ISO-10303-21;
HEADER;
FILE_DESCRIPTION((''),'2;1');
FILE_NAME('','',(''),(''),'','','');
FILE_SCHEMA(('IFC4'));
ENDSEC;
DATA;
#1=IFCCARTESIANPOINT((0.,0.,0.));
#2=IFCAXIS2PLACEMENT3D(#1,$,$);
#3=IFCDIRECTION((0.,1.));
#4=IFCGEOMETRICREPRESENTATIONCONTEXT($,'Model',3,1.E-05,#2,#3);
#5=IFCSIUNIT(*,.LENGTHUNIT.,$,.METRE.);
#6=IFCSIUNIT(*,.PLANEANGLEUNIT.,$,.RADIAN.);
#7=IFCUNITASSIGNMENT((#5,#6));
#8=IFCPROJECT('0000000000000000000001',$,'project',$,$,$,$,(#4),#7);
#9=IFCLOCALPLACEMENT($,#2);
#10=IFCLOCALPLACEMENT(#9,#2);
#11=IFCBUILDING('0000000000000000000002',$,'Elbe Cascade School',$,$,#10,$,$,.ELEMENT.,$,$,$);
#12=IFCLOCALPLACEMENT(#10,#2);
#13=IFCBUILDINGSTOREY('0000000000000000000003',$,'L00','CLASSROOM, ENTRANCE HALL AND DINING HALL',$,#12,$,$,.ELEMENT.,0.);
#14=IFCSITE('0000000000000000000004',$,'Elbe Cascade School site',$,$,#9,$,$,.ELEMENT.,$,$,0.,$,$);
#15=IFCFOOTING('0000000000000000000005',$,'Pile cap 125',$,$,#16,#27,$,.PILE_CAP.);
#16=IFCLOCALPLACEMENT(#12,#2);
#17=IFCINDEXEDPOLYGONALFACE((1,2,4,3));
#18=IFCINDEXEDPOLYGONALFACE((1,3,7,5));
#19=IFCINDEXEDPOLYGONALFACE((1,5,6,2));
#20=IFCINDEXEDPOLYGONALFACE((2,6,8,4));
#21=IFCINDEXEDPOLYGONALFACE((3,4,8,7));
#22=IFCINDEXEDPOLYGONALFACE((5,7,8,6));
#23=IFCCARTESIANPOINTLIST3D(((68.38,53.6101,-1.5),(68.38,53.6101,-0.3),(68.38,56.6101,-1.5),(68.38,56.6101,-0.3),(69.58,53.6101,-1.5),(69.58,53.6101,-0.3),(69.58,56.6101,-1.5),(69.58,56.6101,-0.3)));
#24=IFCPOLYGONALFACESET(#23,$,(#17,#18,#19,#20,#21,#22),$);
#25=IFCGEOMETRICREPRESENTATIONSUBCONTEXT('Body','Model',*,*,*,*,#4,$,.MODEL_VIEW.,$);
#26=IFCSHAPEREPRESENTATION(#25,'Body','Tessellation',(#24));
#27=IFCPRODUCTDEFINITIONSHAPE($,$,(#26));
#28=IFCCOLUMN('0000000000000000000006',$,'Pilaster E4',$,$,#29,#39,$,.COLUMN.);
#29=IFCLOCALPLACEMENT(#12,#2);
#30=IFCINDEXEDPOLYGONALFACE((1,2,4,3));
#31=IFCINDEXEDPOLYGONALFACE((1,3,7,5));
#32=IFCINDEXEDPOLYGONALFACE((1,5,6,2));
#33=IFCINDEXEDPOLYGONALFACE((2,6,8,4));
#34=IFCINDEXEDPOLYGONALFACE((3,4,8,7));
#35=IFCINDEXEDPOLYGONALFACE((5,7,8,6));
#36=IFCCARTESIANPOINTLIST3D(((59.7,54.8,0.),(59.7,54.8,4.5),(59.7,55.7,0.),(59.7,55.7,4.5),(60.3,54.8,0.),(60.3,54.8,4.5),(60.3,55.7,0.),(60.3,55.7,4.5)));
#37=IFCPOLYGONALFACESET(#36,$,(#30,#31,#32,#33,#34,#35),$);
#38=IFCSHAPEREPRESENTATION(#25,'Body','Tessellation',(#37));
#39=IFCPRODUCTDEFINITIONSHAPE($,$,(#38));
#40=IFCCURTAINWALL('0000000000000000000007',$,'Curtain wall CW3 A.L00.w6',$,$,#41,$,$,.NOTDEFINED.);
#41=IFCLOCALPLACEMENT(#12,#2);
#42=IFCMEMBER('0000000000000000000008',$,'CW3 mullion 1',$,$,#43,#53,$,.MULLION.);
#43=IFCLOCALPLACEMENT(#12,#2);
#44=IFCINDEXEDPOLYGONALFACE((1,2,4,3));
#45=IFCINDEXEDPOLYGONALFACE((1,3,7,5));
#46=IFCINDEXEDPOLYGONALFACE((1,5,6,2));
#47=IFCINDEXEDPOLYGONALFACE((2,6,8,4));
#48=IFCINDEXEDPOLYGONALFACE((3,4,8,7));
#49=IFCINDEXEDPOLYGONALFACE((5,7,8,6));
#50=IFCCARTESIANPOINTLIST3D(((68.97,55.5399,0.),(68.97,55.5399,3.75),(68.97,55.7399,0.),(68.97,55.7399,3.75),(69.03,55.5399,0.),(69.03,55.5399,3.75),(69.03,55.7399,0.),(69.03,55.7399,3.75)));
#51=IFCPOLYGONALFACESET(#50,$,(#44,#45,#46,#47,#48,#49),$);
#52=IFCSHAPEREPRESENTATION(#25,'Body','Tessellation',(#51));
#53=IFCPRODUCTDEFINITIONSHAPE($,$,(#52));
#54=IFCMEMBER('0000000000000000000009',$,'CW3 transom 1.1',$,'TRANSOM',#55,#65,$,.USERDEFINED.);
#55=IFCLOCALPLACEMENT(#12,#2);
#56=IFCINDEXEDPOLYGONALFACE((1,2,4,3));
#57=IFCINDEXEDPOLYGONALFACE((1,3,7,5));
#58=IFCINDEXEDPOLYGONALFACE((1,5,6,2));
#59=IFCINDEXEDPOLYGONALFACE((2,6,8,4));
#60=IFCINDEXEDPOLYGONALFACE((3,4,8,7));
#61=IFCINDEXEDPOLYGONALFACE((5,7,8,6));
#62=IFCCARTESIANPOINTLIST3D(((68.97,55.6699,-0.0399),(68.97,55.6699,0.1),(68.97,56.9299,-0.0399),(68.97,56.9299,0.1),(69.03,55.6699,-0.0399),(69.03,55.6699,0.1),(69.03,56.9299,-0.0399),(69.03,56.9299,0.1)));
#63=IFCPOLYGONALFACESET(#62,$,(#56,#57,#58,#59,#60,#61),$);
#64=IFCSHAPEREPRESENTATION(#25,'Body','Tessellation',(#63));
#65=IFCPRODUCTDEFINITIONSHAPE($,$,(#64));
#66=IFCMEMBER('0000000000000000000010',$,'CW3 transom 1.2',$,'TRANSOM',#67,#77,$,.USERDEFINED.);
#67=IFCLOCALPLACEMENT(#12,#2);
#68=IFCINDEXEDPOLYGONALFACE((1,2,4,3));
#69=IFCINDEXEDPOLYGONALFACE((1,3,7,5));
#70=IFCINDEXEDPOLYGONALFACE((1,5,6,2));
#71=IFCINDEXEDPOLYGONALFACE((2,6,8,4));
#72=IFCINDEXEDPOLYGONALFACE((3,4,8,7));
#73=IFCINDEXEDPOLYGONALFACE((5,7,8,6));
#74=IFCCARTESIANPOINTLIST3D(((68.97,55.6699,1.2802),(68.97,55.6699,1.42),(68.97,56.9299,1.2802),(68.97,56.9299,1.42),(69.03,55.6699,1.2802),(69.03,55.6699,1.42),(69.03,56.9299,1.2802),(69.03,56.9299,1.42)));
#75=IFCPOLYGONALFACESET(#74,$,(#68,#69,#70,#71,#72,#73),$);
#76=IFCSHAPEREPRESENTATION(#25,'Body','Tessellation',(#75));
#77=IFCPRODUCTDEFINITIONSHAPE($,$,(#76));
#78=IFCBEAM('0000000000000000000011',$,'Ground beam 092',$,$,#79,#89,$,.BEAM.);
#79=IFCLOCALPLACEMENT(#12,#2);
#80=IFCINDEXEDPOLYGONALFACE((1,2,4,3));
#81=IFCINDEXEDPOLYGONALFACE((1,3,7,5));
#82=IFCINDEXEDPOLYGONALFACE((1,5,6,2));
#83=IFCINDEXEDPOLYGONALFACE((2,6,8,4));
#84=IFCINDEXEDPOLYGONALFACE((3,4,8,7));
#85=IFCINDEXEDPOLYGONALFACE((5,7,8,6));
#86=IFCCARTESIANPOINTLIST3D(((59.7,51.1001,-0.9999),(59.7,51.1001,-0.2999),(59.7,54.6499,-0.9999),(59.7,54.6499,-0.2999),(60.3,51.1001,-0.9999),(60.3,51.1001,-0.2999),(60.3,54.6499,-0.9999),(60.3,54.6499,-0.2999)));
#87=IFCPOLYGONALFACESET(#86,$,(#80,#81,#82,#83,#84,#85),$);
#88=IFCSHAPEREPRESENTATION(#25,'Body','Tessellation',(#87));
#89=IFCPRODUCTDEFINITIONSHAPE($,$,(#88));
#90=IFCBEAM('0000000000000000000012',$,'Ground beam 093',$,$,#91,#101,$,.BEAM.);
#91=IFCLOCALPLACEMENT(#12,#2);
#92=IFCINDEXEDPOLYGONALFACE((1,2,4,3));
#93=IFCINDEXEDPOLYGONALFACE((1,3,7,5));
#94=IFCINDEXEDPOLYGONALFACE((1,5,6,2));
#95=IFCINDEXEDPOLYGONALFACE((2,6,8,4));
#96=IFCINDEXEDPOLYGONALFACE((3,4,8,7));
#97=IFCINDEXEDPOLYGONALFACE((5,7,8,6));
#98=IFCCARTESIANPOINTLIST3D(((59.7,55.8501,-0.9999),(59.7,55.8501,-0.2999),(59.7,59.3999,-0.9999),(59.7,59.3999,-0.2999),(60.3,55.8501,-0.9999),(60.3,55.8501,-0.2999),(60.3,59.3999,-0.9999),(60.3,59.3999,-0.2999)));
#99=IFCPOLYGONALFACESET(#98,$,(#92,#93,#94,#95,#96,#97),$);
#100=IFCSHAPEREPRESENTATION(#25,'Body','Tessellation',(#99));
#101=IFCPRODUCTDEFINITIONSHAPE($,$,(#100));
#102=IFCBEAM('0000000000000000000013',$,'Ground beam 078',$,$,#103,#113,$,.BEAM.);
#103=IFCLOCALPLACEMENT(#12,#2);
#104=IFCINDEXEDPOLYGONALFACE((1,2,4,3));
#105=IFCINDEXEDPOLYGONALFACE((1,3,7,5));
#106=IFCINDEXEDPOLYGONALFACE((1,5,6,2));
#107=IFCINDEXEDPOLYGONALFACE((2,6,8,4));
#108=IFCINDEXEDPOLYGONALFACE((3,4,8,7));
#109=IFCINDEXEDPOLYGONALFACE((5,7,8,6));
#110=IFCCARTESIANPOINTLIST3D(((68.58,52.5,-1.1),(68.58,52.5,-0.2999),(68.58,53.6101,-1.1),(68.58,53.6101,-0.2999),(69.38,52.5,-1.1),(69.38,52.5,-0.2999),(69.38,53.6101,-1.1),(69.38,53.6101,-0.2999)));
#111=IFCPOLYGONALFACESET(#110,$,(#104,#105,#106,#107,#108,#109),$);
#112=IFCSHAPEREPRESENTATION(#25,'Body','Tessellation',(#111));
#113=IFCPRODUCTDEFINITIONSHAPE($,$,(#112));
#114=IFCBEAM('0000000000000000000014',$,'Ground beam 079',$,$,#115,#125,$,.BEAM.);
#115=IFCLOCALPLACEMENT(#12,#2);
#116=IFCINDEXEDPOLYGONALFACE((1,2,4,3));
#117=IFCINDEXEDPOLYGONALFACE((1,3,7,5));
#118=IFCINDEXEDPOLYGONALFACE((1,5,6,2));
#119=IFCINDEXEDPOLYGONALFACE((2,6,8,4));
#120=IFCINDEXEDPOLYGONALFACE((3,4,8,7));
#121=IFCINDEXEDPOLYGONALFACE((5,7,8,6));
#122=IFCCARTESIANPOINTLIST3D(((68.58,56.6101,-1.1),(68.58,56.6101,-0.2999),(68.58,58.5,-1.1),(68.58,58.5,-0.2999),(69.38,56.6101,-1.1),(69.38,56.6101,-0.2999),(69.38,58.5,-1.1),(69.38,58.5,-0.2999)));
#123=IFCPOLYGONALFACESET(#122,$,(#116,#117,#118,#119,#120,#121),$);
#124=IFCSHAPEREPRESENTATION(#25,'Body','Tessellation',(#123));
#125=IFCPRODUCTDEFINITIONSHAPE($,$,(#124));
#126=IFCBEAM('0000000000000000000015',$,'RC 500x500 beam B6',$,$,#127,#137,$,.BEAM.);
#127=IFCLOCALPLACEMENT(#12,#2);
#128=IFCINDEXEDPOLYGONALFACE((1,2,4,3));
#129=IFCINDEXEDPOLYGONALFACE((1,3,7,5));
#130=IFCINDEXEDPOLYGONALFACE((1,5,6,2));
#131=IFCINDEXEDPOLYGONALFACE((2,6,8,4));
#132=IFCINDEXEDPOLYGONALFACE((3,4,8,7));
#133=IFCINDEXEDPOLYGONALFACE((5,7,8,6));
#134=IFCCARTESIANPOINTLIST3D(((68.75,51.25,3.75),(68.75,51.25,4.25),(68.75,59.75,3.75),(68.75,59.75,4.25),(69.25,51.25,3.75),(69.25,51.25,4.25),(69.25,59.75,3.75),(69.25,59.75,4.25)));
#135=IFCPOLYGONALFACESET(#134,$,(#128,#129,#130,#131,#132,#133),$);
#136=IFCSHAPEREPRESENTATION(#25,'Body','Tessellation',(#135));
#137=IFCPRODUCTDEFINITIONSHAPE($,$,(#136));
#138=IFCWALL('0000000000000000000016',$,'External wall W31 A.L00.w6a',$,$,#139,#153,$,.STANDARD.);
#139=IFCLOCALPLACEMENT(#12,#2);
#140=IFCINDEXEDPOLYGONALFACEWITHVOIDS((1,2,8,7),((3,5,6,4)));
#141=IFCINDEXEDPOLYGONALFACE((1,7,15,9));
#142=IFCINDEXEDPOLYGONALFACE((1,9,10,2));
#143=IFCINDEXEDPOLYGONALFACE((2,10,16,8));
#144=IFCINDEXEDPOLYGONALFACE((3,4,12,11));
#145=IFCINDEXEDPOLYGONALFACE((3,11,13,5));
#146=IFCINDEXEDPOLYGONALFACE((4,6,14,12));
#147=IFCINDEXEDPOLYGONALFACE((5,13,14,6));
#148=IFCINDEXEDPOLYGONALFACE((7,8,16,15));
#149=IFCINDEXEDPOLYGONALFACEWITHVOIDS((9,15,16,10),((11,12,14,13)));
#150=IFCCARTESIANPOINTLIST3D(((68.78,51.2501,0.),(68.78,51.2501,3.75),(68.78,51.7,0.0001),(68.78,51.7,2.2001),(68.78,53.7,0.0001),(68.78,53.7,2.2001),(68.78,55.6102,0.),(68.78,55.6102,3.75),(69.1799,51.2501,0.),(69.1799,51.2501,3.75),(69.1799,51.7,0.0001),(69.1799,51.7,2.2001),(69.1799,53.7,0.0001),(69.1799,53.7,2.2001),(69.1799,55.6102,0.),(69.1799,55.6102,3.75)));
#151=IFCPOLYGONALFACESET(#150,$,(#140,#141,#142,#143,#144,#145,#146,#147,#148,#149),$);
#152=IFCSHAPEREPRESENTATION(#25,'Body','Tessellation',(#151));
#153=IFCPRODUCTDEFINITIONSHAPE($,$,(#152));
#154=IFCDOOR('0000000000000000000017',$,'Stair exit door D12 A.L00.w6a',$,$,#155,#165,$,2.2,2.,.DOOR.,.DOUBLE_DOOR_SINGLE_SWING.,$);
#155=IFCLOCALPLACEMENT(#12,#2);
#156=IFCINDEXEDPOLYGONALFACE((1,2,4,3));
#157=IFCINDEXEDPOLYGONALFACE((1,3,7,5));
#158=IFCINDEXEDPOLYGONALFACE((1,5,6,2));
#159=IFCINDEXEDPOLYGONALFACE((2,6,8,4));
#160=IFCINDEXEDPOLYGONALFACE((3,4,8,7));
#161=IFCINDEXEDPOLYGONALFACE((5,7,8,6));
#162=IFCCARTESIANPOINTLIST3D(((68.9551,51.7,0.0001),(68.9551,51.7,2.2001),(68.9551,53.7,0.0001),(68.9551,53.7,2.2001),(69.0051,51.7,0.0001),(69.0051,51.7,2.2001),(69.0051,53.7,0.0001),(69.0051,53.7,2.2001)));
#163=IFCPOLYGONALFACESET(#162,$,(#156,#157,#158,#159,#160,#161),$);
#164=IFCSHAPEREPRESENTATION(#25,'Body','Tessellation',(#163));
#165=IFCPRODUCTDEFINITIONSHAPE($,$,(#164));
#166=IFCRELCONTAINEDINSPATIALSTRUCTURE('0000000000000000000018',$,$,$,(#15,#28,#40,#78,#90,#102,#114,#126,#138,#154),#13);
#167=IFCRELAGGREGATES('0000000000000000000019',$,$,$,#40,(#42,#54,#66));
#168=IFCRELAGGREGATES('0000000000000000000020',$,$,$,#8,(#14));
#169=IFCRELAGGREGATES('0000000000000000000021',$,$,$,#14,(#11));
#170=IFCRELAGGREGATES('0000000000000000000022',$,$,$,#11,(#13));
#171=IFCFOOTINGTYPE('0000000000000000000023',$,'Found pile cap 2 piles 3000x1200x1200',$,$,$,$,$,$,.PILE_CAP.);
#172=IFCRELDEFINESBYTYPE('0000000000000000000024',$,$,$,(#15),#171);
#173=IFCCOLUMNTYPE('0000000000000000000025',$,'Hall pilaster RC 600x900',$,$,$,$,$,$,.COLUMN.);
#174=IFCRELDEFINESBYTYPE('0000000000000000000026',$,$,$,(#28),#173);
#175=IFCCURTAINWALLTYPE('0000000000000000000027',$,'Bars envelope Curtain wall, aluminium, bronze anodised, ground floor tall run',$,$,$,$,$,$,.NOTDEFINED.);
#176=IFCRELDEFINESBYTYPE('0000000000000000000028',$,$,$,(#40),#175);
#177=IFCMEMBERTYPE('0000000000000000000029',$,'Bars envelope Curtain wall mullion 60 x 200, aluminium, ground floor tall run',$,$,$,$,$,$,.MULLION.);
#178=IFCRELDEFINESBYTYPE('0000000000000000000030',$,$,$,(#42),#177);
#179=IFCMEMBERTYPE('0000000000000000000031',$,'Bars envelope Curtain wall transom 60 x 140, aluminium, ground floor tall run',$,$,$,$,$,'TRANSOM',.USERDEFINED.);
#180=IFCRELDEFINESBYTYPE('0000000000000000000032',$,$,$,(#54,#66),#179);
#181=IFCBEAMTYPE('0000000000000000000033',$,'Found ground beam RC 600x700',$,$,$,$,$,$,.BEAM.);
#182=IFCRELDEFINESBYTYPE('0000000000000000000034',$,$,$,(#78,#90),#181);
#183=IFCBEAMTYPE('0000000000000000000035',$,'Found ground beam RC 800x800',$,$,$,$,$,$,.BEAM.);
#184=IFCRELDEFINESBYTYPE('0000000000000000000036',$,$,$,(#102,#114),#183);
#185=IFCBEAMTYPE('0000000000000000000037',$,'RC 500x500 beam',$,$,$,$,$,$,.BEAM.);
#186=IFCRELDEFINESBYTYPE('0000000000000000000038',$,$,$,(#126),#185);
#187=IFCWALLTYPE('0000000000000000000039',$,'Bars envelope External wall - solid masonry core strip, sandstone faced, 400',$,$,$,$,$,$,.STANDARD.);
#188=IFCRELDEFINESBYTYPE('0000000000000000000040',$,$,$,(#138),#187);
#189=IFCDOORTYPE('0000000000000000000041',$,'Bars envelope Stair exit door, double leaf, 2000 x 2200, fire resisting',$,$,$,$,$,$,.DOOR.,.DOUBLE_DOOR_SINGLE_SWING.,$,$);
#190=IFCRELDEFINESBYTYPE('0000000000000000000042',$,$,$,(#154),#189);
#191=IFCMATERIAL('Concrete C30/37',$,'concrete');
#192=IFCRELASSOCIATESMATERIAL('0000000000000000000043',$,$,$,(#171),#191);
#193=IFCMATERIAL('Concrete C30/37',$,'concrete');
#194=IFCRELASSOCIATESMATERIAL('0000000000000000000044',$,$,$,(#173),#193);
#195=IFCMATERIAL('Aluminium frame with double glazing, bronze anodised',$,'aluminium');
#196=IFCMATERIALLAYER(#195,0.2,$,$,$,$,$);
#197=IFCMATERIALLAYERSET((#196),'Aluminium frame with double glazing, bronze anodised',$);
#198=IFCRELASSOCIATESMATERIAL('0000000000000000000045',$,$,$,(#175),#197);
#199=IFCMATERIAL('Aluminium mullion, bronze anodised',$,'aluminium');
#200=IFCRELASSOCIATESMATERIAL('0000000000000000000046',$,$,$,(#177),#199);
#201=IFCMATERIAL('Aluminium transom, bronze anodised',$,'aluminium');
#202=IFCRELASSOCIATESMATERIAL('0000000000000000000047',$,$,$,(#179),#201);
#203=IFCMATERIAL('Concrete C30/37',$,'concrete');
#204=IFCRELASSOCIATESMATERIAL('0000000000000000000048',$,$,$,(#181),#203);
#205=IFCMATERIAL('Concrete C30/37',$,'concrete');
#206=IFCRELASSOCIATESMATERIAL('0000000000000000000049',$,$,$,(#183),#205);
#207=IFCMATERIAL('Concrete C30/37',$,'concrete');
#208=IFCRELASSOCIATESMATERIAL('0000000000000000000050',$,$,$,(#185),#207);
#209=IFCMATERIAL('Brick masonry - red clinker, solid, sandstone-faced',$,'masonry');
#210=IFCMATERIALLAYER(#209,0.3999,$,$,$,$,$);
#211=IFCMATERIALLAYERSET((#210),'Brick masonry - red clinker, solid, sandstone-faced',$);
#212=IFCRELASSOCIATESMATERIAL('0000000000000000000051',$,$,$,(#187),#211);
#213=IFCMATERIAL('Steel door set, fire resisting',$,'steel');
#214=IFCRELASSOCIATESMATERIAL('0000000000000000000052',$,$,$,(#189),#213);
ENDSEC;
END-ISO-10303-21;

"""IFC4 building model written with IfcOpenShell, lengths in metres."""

from ifc_helpers import new_model, si_unit, direction, frame, frame_2d, origin, origin_2d, place, context, subcontext, project, spatial, rectangle, extrude, material, layer, layer_set, material_profile, profile_set, type_object, element, fill, aggregate, save


model = new_model("IFC4")

# Units and contexts
model_context = context("Model", 3, precision=1e-05, world=origin(), true_north=direction((0.0, 1.0)))
body_context = subcontext(model_context, "Body", "Model", "MODEL_VIEW")
ifc_project = project(units=[si_unit("LENGTHUNIT", "METRE"), si_unit("PLANEANGLEUNIT", "RADIAN")], contexts=[model_context])

# Site, building, storey
site_placement = place(None, origin())
site = spatial("IfcSite", under=ifc_project, at=site_placement, Name="Elbe Cascade School site", CompositionType="ELEMENT", RefElevation=0.0)
building_placement = place(site_placement, origin())
building = spatial("IfcBuilding", under=site, at=building_placement, Name="Elbe Cascade School", CompositionType="ELEMENT")
storey_placement = place(building_placement, origin())
storey = spatial("IfcBuildingStorey", under=building, at=storey_placement, Name="L00", Description="CLASSROOM, ENTRANCE HALL AND DINING HALL", CompositionType="ELEMENT", Elevation=0.0)

# Footing
ifc_material_1 = material(Name="Concrete C30/37", Category="concrete")
footing_type = type_object("IfcFootingType", Name="Found pile cap 2 piles 3000x1200x1200", PredefinedType="PILE_CAP", material=ifc_material_1)
footing_1_placement = place(storey_placement, frame((68.98, 55.1101, -1.5), z_axis=(0.0, 0.0, 1.0), x_axis=(1.0, 0.0, 0.0)))
element("IfcFooting", 1, at=footing_1_placement, inside=storey, type_object=footing_type, Name="Pile cap 125", PredefinedType="PILE_CAP", context=body_context, shape_type="SweptSolid", body=[
    extrude(rectangle(XDim=1.2, YDim=3.0, at=origin_2d()), origin(), (0.0, 0.0, 1.0), 1.2),
])

# Column
ifc_material_2 = material(Name="Concrete C30/37", Category="concrete")
ifc_material_profile_1 = material_profile(ifc_material_2, rectangle(XDim=0.6001, YDim=0.8999, at=origin_2d()), Name="RC 600x900")
ifc_profile_set_1 = profile_set([ifc_material_profile_1], Name="Concrete C30/37")
column_type = type_object("IfcColumnType", Name="Hall pilaster RC 600x900", PredefinedType="COLUMN", material=ifc_profile_set_1)
column_placement = place(storey_placement, frame((60.0, 55.25, 0.0), z_axis=(0.0, 0.0, 1.0), x_axis=(1.0, 0.0, 0.0)))
element("IfcColumn", 2, at=column_placement, inside=storey, type_object=column_type, Name="Pilaster E4", PredefinedType="COLUMN", context=body_context, shape_type="SweptSolid", body=[
    extrude(rectangle(XDim=0.6001, YDim=0.8999, at=origin_2d()), origin(), (0.0, 0.0, 1.0), 4.5),
])

# Curtain wall, members
ifc_material_3 = material(Name="Aluminium frame with double glazing, bronze anodised", Category="aluminium")
ifc_layer_1 = layer(ifc_material_3, 0.2)
ifc_layer_set_1 = layer_set([ifc_layer_1], Name="Aluminium frame with double glazing, bronze anodised")
curtain_wall_type = type_object("IfcCurtainWallType", Name="Bars envelope Curtain wall, aluminium, bronze anodised, ground floor tall run", PredefinedType="NOTDEFINED", material=ifc_layer_set_1)
curtain_wall_placement = place(storey_placement, origin())
curtain_wall = element("IfcCurtainWall", 3, at=curtain_wall_placement, inside=storey, type_object=curtain_wall_type, Name="Curtain wall CW3 A.L00.w6", PredefinedType="NOTDEFINED")
ifc_material_4 = material(Name="Aluminium mullion, bronze anodised", Category="aluminium")
ifc_material_profile_2 = material_profile(ifc_material_4, rectangle(XDim=0.0601, YDim=0.2, at=origin_2d()), Name="Bars envelope Curtain wall mullion 60 x 200, aluminium, ground floor tall run")
ifc_profile_set_2 = profile_set([ifc_material_profile_2], Name="Aluminium mullion, bronze anodised")
member_type_1 = type_object("IfcMemberType", Name="Bars envelope Curtain wall mullion 60 x 200, aluminium, ground floor tall run", PredefinedType="MULLION", material=ifc_profile_set_2)
member_1_placement = place(storey_placement, frame((69.0, 55.6399, 0.0), z_axis=(0.0, 0.0, 1.0), x_axis=(-1.0, 0.0, 0.0)))
member_1 = element("IfcMember", 4, at=member_1_placement, type_object=member_type_1, Name="CW3 mullion 1", PredefinedType="MULLION", context=body_context, shape_type="SweptSolid", body=[
    extrude(rectangle(XDim=0.0601, YDim=0.2, at=origin_2d()), origin(), (0.0, 0.0, 1.0), 3.75),
])
ifc_material_5 = material(Name="Aluminium transom, bronze anodised", Category="aluminium")
ifc_material_profile_3 = material_profile(ifc_material_5, rectangle(XDim=0.0601, YDim=0.1399, at=origin_2d()), Name="Bars envelope Curtain wall transom 60 x 140, aluminium, ground floor tall run")
ifc_profile_set_3 = profile_set([ifc_material_profile_3], Name="Aluminium transom, bronze anodised")
member_type_2 = type_object("IfcMemberType", Name="Bars envelope Curtain wall transom 60 x 140, aluminium, ground floor tall run", ElementType="TRANSOM", PredefinedType="USERDEFINED", material=ifc_profile_set_3)
member_2_placement = place(storey_placement, frame((69.0, 55.6699, 0.03), z_axis=(0.0, 1.0, 0.0), x_axis=(-1.0, 0.0, 0.0)))
member_2 = element("IfcMember", 5, at=member_2_placement, type_object=member_type_2, Name="CW3 transom 1.1", ObjectType="TRANSOM", PredefinedType="USERDEFINED", context=body_context, shape_type="SweptSolid", body=[
    extrude(rectangle(XDim=0.0601, YDim=0.1399, at=origin_2d()), origin(), (0.0, 0.0, 1.0), 1.26),
])
member_3_placement = place(storey_placement, frame((69.0, 55.6699, 1.3501), z_axis=(0.0, 1.0, 0.0), x_axis=(-1.0, 0.0, 0.0)))
member_3 = element("IfcMember", 6, at=member_3_placement, type_object=member_type_2, Name="CW3 transom 1.2", ObjectType="TRANSOM", PredefinedType="USERDEFINED", context=body_context, shape_type="SweptSolid", body=[
    extrude(rectangle(XDim=0.0601, YDim=0.1399, at=origin_2d()), origin(), (0.0, 0.0, 1.0), 1.26),
])
aggregate(curtain_wall, [member_1, member_2, member_3])

# Beams
ifc_material_6 = material(Name="Concrete C30/37", Category="concrete")
ifc_material_profile_4 = material_profile(ifc_material_6, rectangle(XDim=0.6001, YDim=0.7, at=origin_2d()), Name="RC 600x700")
ifc_profile_set_4 = profile_set([ifc_material_profile_4], Name="Concrete C30/37")
beam_type_1 = type_object("IfcBeamType", Name="Found ground beam RC 600x700", PredefinedType="BEAM", material=ifc_profile_set_4)
for number, where, z_axis, x_axis, name in (
    (7, (60.0, 51.1001, -0.6499), (0.0, 1.0, 0.0), (-1.0, 0.0, 0.0), "Ground beam 092"),
    (8, (60.0, 55.8501, -0.6499), (0.0, 1.0, 0.0), (-1.0, 0.0, 0.0), "Ground beam 093"),
):
    element("IfcBeam", number, at=place(storey_placement, frame(where, z_axis=z_axis, x_axis=x_axis)), inside=storey, type_object=beam_type_1, Name=name, PredefinedType="BEAM", context=body_context, shape_type="SweptSolid", body=[
        extrude(rectangle(XDim=0.6001, YDim=0.7, at=origin_2d()), origin(), (0.0, 0.0, 1.0), 3.5498),
    ])
ifc_material_7 = material(Name="Concrete C30/37", Category="concrete")
ifc_material_profile_5 = material_profile(ifc_material_7, rectangle(XDim=0.8, YDim=0.8, at=origin_2d()), Name="RC 800x800")
ifc_profile_set_5 = profile_set([ifc_material_profile_5], Name="Concrete C30/37")
beam_type_2 = type_object("IfcBeamType", Name="Found ground beam RC 800x800", PredefinedType="BEAM", material=ifc_profile_set_5)
beam_1_placement = place(storey_placement, frame((68.98, 52.5, -0.7), z_axis=(0.0, 1.0, 0.0), x_axis=(-1.0, 0.0, 0.0)))
element("IfcBeam", 9, at=beam_1_placement, inside=storey, type_object=beam_type_2, Name="Ground beam 078", PredefinedType="BEAM", context=body_context, shape_type="SweptSolid", body=[
    extrude(rectangle(XDim=0.8, YDim=0.8, at=origin_2d()), origin(), (0.0, 0.0, 1.0), 1.1101),
])
beam_2_placement = place(storey_placement, frame((68.98, 56.6101, -0.7), z_axis=(0.0, 1.0, 0.0), x_axis=(-1.0, 0.0, 0.0)))
element("IfcBeam", 10, at=beam_2_placement, inside=storey, type_object=beam_type_2, Name="Ground beam 079", PredefinedType="BEAM", context=body_context, shape_type="SweptSolid", body=[
    extrude(rectangle(XDim=0.8, YDim=0.8, at=origin_2d()), origin(), (0.0, 0.0, 1.0), 1.8899),
])
ifc_material_8 = material(Name="Concrete C30/37", Category="concrete")
ifc_material_profile_6 = material_profile(ifc_material_8, rectangle(XDim=0.5, YDim=0.5, at=origin_2d()), Name="RC 500x500")
ifc_profile_set_6 = profile_set([ifc_material_profile_6], Name="Concrete C30/37")
beam_type_3 = type_object("IfcBeamType", Name="RC 500x500 beam", PredefinedType="BEAM", material=ifc_profile_set_6)
beam_3_placement = place(storey_placement, frame((69.0, 51.25, 4.0), z_axis=(0.0, 1.0, 0.0), x_axis=(-1.0, 0.0, 0.0)))
element("IfcBeam", 11, at=beam_3_placement, inside=storey, type_object=beam_type_3, Name="RC 500x500 beam B6", PredefinedType="BEAM", context=body_context, shape_type="SweptSolid", body=[
    extrude(rectangle(XDim=0.5, YDim=0.5, at=origin_2d()), origin(), (0.0, 0.0, 1.0), 8.5),
])

# Wall, opening, door
ifc_material_9 = material(Name="Brick masonry - red clinker, solid, sandstone-faced", Category="masonry")
ifc_layer_2 = layer(ifc_material_9, 0.3999)
ifc_layer_set_2 = layer_set([ifc_layer_2], Name="Brick masonry - red clinker, solid, sandstone-faced")
wall_type_1 = type_object("IfcWallType", Name="Bars envelope External wall - solid masonry core strip, sandstone faced, 400", PredefinedType="STANDARD", material=ifc_layer_set_2)
wall_1_placement = place(storey_placement, frame((68.98, 51.25, 0.0), z_axis=(0.0, 0.0, 1.0), x_axis=(0.0, 1.0, 0.0)))
wall_1 = element("IfcWall", 12, at=wall_1_placement, inside=storey, type_object=wall_type_1, Name="External wall W31 A.L00.w6a", PredefinedType="STANDARD", context=body_context, shape_type="SweptSolid", body=[
    extrude(rectangle(XDim=4.3601, YDim=0.3999, at=frame_2d((2.1802, 0.0))), origin(), (0.0, 0.0, 1.0), 3.75),
])
opening_1_placement = place(wall_1_placement, frame((0.45, 0.0, 0.0)))
opening_1 = element("IfcOpeningElement", 13, at=opening_1_placement, cuts=wall_1, PredefinedType="OPENING", context=body_context, shape_type="SweptSolid", body=[
    extrude(rectangle(XDim=2.0, YDim=2.2, at=frame_2d((1.0, 1.1001))), frame((0.0, 0.21, 0.0), z_axis=(0.0, -1.0, 0.0), x_axis=(1.0, 0.0, 0.0)), (0.0, 0.0, 1.0), 0.4199),
])
ifc_material_10 = material(Name="Steel door set, fire resisting", Category="steel")
door_type = type_object("IfcDoorType", Name="Bars envelope Stair exit door, double leaf, 2000 x 2200, fire resisting", OperationType="DOUBLE_DOOR_SINGLE_SWING", PredefinedType="DOOR", material=ifc_material_10)
door_placement = place(opening_1_placement, origin())
door = element("IfcDoor", 14, at=door_placement, inside=storey, type_object=door_type, Name="Stair exit door D12 A.L00.w6a", OperationType="DOUBLE_DOOR_SINGLE_SWING", OverallHeight=2.2, OverallWidth=2.0, PredefinedType="DOOR", context=body_context, shape_type="SweptSolid", body=[
    extrude(rectangle(XDim=2.0, YDim=2.2, at=frame_2d((1.0, 1.1001))), frame((0.0, 0.0249, 0.0), z_axis=(0.0, -1.0, 0.0), x_axis=(1.0, 0.0, 0.0)), (0.0, 0.0, 1.0), 0.05),
])
fill(opening_1, door)

save(model, "model.ifc")
